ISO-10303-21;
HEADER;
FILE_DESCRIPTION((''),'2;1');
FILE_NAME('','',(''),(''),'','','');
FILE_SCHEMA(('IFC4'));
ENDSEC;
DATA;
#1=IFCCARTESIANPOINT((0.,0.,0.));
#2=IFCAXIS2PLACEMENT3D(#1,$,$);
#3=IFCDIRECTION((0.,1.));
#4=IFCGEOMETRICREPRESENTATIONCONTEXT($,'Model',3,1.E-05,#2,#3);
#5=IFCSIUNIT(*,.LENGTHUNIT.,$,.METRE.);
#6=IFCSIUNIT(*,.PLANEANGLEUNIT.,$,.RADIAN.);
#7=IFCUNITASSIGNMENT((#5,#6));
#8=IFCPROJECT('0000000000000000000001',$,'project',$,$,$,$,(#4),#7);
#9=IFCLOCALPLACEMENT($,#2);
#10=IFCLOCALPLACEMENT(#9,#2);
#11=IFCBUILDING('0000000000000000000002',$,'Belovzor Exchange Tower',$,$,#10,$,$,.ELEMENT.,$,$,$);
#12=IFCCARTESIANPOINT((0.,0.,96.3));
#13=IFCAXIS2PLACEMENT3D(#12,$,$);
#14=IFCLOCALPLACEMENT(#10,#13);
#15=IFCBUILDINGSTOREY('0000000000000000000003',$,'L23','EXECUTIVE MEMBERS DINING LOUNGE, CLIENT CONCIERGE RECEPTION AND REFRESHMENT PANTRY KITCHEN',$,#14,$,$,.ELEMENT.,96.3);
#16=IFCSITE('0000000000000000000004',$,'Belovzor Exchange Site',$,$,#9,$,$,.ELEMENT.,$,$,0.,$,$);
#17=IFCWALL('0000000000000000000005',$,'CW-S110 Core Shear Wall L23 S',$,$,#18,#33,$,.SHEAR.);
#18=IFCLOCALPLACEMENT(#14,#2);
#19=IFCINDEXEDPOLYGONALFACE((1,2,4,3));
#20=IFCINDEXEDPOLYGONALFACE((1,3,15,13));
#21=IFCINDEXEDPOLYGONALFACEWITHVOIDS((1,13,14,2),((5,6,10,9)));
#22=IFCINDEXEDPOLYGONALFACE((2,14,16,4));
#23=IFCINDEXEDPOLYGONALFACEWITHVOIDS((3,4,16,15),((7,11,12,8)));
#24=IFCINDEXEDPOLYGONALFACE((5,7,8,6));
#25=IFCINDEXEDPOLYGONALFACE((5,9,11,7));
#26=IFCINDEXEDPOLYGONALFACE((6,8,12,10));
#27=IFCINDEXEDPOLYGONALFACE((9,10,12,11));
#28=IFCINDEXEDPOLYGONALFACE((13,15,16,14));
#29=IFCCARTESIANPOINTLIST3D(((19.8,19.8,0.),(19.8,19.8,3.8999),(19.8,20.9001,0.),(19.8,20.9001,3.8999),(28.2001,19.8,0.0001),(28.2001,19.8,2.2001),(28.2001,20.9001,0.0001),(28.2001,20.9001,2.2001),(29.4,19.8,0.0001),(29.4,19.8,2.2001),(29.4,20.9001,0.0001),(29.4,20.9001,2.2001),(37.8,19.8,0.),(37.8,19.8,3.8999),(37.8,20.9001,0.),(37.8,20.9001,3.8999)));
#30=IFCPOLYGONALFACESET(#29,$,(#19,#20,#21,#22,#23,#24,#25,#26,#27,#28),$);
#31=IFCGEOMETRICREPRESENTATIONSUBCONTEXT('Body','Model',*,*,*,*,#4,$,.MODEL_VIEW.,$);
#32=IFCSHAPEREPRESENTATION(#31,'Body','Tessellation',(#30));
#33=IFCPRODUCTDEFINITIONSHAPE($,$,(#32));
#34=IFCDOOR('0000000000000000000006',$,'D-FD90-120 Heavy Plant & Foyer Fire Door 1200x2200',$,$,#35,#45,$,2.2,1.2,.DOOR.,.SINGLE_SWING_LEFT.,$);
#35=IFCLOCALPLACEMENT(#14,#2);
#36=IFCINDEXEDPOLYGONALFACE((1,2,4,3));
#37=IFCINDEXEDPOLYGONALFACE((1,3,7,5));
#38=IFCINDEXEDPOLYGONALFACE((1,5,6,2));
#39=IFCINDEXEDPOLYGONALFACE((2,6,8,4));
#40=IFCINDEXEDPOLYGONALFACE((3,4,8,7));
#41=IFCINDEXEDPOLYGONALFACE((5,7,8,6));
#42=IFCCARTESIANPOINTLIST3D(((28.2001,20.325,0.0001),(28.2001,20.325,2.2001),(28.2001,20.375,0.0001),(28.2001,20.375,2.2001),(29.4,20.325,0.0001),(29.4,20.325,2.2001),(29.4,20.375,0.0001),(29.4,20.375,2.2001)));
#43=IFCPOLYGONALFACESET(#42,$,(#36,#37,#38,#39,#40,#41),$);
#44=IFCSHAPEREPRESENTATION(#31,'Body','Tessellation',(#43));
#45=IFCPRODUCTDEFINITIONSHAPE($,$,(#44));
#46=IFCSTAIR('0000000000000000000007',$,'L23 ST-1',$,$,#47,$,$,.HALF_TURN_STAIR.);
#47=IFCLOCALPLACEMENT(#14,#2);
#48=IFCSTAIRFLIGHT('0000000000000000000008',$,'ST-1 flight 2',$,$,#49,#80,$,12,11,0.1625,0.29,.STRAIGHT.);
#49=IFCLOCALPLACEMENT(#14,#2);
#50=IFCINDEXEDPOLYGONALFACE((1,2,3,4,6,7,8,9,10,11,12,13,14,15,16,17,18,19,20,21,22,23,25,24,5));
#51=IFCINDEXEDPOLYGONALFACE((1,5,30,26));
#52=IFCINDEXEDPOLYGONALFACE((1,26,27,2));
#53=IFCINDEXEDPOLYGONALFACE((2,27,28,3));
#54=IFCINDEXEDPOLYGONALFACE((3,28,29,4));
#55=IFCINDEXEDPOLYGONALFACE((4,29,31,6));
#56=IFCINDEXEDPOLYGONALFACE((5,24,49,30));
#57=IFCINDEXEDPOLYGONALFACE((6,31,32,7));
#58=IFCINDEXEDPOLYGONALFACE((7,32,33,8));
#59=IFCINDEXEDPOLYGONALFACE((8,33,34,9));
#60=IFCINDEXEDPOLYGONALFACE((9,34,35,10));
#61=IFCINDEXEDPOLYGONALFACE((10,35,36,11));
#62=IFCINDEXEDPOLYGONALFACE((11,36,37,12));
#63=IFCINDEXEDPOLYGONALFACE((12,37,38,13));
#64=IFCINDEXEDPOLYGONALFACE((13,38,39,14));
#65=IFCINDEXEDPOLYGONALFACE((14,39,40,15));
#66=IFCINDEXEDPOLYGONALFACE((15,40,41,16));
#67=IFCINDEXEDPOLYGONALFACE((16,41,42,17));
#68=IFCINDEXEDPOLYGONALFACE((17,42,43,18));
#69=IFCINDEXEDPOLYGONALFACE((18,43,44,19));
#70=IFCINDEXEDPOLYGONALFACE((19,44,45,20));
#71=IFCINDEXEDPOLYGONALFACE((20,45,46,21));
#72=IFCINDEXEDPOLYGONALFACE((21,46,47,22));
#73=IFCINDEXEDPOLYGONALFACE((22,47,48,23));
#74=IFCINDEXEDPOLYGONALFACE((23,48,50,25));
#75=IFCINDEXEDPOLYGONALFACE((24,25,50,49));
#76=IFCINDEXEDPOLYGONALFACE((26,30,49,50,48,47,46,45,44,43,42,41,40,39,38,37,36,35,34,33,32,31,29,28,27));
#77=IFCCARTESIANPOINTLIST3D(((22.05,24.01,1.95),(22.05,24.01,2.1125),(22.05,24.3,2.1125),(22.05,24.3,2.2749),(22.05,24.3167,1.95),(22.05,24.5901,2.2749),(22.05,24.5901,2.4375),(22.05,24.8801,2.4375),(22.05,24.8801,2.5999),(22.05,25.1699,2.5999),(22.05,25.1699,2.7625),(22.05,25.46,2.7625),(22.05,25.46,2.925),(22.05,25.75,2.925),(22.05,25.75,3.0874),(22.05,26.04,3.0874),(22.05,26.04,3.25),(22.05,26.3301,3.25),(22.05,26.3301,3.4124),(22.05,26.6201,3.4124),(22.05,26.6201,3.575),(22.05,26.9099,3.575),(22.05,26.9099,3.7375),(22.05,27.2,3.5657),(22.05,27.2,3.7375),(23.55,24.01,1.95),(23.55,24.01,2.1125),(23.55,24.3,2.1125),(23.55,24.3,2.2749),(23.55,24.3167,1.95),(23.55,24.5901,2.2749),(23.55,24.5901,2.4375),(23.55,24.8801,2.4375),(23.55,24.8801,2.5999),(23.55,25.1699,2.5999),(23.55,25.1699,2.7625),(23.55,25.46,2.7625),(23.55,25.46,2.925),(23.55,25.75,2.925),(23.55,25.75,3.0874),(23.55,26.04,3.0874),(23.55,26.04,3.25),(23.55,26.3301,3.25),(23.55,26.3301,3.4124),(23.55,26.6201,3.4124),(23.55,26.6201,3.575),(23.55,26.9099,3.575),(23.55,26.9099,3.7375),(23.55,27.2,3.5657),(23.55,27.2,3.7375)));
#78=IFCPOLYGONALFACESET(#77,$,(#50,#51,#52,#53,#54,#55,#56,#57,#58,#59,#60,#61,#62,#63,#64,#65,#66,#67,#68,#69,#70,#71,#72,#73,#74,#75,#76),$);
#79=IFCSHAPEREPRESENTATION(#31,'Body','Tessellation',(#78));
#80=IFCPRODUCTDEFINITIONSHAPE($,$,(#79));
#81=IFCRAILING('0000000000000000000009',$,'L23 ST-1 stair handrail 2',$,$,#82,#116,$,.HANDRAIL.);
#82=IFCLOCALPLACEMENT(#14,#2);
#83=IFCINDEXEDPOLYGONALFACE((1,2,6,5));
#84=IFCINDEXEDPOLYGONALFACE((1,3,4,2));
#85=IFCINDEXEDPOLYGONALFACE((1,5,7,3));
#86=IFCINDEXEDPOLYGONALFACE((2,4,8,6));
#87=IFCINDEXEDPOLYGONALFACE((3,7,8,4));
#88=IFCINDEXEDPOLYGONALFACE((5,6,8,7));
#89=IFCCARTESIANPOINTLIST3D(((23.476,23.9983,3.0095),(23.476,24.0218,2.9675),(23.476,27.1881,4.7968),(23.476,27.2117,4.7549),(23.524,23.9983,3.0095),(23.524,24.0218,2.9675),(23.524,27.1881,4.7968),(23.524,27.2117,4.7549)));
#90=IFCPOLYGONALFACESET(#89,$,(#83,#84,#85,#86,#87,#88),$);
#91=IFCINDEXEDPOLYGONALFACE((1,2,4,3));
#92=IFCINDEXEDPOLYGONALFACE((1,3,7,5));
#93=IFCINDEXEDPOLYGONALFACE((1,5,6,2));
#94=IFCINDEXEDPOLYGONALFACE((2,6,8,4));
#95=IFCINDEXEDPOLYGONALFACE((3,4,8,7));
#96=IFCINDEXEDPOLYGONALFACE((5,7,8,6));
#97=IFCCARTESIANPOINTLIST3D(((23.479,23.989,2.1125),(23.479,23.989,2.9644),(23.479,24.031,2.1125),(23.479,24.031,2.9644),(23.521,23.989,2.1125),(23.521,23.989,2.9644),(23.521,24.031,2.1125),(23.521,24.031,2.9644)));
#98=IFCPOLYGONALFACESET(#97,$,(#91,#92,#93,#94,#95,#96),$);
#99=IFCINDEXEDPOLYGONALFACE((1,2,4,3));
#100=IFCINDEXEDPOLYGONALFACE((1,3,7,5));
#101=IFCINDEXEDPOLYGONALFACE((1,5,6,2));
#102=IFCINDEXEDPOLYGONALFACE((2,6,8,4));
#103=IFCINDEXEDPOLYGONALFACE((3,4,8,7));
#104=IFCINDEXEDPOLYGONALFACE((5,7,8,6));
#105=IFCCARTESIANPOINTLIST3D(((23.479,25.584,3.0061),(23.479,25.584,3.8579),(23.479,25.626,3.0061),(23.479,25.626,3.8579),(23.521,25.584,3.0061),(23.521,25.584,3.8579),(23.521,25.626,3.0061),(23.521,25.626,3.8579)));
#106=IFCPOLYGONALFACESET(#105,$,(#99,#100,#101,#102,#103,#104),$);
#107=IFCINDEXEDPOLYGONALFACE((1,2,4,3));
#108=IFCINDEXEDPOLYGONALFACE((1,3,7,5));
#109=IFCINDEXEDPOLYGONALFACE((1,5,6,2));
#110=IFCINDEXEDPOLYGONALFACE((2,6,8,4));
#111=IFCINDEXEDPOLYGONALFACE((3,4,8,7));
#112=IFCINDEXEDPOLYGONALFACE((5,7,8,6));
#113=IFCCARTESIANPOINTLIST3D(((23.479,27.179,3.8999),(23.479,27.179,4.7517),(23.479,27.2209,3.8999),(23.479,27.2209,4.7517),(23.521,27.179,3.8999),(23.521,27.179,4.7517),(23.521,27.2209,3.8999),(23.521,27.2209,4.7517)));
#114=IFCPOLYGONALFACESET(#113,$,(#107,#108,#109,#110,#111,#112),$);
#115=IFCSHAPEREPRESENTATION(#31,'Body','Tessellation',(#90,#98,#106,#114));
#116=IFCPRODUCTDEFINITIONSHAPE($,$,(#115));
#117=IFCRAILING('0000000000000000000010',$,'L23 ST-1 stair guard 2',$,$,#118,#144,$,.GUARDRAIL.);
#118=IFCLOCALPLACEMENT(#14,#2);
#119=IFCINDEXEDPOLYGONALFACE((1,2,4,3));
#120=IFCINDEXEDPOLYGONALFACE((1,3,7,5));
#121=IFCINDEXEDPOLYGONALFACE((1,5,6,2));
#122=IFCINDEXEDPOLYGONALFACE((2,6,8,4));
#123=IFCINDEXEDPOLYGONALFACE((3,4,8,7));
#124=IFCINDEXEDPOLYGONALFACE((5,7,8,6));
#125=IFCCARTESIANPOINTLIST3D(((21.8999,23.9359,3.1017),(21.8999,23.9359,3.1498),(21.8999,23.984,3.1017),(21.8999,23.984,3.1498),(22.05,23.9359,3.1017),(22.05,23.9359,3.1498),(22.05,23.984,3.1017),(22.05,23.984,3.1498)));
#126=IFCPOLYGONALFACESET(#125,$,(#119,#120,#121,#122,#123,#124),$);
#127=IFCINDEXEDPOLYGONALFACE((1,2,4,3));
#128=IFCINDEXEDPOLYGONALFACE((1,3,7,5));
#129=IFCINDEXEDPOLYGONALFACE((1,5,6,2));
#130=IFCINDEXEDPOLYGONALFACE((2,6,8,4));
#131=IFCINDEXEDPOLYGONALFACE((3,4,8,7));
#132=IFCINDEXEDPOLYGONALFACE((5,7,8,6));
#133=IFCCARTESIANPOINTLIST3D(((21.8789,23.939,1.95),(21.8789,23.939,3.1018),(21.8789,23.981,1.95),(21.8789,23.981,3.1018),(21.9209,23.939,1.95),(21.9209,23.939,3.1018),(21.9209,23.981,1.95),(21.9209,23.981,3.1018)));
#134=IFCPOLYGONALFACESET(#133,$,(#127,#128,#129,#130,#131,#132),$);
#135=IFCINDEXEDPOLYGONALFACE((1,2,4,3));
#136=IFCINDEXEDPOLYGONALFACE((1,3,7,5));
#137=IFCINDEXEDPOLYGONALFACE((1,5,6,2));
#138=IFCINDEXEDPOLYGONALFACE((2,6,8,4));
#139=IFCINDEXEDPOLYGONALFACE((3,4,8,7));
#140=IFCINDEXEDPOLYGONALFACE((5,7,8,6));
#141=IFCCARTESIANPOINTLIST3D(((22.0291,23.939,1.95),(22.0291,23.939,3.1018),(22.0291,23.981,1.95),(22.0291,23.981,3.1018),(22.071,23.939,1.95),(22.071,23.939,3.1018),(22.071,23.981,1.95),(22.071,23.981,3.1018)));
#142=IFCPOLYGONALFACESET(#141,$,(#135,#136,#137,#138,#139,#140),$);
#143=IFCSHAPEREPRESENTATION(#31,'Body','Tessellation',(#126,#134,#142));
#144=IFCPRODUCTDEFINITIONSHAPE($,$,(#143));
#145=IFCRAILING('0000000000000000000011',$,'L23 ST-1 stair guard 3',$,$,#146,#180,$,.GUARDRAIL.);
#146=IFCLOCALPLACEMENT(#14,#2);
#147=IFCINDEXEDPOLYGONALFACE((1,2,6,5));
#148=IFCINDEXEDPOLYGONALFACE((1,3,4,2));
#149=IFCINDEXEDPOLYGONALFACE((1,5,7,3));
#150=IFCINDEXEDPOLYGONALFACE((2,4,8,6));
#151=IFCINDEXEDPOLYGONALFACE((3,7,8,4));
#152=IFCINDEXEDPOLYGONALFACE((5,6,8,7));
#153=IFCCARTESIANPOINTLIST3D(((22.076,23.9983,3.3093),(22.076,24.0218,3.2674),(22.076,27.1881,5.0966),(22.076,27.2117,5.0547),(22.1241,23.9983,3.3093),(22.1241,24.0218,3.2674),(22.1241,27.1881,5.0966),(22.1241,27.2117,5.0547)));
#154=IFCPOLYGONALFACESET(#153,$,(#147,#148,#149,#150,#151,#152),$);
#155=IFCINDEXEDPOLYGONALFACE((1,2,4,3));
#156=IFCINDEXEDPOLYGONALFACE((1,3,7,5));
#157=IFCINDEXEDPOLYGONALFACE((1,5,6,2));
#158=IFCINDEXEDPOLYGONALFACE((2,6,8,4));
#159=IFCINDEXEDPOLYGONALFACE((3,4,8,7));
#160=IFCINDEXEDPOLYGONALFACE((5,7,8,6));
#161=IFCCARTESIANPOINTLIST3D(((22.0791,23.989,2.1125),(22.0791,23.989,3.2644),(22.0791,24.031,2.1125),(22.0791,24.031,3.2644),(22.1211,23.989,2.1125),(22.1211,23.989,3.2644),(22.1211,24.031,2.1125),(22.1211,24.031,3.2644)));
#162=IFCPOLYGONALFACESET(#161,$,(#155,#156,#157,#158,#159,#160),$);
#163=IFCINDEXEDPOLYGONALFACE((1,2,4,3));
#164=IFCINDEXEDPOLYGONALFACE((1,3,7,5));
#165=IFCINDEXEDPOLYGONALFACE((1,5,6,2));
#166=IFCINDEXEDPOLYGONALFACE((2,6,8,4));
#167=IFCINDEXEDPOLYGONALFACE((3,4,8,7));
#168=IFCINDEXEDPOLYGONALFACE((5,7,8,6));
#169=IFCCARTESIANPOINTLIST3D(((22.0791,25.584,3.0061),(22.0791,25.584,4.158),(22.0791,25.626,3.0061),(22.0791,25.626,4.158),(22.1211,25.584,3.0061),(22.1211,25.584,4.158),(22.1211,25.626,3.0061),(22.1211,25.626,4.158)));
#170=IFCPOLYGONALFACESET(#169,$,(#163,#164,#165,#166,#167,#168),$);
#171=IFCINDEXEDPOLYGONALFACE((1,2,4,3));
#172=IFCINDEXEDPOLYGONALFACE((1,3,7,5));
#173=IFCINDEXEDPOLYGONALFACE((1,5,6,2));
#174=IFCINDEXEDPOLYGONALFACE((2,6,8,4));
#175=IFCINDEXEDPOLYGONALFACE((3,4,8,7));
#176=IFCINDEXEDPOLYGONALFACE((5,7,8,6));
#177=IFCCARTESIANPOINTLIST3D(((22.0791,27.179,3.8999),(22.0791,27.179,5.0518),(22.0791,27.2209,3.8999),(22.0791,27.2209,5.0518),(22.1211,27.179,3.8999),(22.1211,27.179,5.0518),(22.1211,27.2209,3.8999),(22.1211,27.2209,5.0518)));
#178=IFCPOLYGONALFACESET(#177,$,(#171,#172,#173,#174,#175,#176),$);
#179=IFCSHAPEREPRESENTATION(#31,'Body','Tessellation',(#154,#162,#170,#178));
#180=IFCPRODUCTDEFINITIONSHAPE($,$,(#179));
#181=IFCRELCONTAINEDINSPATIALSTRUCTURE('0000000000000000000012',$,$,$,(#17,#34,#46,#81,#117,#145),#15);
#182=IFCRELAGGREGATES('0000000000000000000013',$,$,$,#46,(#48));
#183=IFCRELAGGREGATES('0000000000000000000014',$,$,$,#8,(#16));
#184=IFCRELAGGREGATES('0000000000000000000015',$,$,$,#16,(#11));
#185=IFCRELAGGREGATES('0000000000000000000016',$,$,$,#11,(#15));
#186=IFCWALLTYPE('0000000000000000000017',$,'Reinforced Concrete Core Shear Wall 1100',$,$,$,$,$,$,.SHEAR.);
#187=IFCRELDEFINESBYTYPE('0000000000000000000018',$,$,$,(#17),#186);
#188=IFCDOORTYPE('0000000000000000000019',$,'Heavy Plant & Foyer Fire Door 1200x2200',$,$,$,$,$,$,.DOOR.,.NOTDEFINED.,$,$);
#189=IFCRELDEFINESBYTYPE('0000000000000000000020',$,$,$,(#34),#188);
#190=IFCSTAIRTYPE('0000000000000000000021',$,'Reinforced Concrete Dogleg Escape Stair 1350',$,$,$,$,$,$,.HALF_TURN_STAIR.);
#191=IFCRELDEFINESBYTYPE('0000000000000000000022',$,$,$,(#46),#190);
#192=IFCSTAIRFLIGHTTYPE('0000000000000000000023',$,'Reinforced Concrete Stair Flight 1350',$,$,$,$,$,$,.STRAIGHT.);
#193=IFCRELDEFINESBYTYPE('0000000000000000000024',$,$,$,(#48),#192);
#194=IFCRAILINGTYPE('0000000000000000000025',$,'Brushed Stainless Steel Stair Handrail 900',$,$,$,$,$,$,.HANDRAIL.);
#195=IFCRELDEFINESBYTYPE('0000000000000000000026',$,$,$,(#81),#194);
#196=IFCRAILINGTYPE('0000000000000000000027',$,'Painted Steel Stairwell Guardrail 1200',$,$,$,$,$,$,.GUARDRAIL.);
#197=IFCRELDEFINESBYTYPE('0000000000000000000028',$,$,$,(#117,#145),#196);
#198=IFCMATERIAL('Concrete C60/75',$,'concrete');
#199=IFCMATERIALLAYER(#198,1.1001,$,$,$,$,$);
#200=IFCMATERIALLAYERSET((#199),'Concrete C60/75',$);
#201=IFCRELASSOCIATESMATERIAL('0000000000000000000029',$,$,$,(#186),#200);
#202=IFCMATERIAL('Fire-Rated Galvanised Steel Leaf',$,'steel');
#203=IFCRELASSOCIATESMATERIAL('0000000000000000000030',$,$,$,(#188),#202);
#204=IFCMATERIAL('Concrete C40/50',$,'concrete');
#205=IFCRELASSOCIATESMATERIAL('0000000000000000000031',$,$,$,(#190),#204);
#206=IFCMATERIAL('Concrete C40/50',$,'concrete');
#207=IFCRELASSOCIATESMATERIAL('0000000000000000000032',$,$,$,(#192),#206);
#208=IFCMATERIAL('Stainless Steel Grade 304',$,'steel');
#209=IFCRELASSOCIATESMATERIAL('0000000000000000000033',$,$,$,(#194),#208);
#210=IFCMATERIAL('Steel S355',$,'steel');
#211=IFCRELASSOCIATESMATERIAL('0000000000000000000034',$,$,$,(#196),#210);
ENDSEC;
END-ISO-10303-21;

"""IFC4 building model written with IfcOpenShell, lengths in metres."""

from ifc_helpers import new_model, si_unit, direction, frame, frame_2d, origin, origin_2d, place, context, subcontext, project, spatial, polyline, rectangle, outline, extrude, material, layer, layer_set, type_object, element, fill, aggregate, save


model = new_model("IFC4")

# Units and contexts
model_context = context("Model", 3, precision=1e-05, world=origin(), true_north=direction((0.0, 1.0)))
body_context = subcontext(model_context, "Body", "Model", "MODEL_VIEW")
ifc_project = project(units=[si_unit("LENGTHUNIT", "METRE"), si_unit("PLANEANGLEUNIT", "RADIAN")], contexts=[model_context])

# Site, building, storey
site_placement = place(None, origin())
site = spatial("IfcSite", under=ifc_project, at=site_placement, Name="Belovzor Exchange Site", CompositionType="ELEMENT", RefElevation=0.0)
building_placement = place(site_placement, origin())
building = spatial("IfcBuilding", under=site, at=building_placement, Name="Belovzor Exchange Tower", CompositionType="ELEMENT")
storey_placement = place(building_placement, frame((0.0, 0.0, 96.3)))
storey = spatial("IfcBuildingStorey", under=building, at=storey_placement, Name="L23", Description="EXECUTIVE MEMBERS DINING LOUNGE, CLIENT CONCIERGE RECEPTION AND REFRESHMENT PANTRY KITCHEN", CompositionType="ELEMENT", Elevation=96.3)

# Wall, opening, door
ifc_material_1 = material(Name="Concrete C60/75", Category="concrete")
ifc_layer_1 = layer(ifc_material_1, 1.1001)
ifc_layer_set_1 = layer_set([ifc_layer_1], Name="Concrete C60/75")
wall_type_1 = type_object("IfcWallType", Name="Reinforced Concrete Core Shear Wall 1100", PredefinedType="SHEAR", material=ifc_layer_set_1)
wall_1_placement = place(storey_placement, frame((19.8, 20.3501, 0.0), z_axis=(0.0, 0.0, 1.0), x_axis=(1.0, 0.0, 0.0)))
wall_1 = element("IfcWall", 1, at=wall_1_placement, inside=storey, type_object=wall_type_1, Name="CW-S110 Core Shear Wall L23 S", PredefinedType="SHEAR", context=body_context, shape_type="SweptSolid", body=[
    extrude(rectangle(XDim=18.0, YDim=1.1001, at=frame_2d((9.0, 0.0))), origin(), (0.0, 0.0, 1.0), 3.8999),
])
opening_1_placement = place(wall_1_placement, frame((8.3999, 0.0, 0.0)))
opening_1 = element("IfcOpeningElement", 2, at=opening_1_placement, cuts=wall_1, PredefinedType="OPENING", context=body_context, shape_type="SweptSolid", body=[
    extrude(rectangle(XDim=1.2, YDim=2.2, at=frame_2d((0.6001, 1.1001))), frame((0.0, 0.5601, 0.0), z_axis=(0.0, -1.0, 0.0), x_axis=(1.0, 0.0, 0.0)), (0.0, 0.0, 1.0), 1.1201),
])
ifc_material_2 = material(Name="Fire-Rated Galvanised Steel Leaf", Category="steel")
door_type_1 = type_object("IfcDoorType", Name="Heavy Plant & Foyer Fire Door 1200x2200", OperationType="NOTDEFINED", PredefinedType="DOOR", material=ifc_material_2)
door_1_placement = place(opening_1_placement, origin())
door_1 = element("IfcDoor", 3, at=door_1_placement, inside=storey, type_object=door_type_1, Name="D-FD90-120 Heavy Plant & Foyer Fire Door 1200x2200", OperationType="SINGLE_SWING_LEFT", OverallHeight=2.2, OverallWidth=1.2, PredefinedType="DOOR", context=body_context, shape_type="SweptSolid", body=[
    extrude(rectangle(XDim=1.2, YDim=2.2, at=frame_2d((0.6001, 1.1001))), frame((0.0, 0.0249, 0.0), z_axis=(0.0, -1.0, 0.0), x_axis=(1.0, 0.0, 0.0)), (0.0, 0.0, 1.0), 0.05),
])
fill(opening_1, door_1)

# Stair, stair flight
ifc_material_3 = material(Name="Concrete C40/50", Category="concrete")
stair_type = type_object("IfcStairType", Name="Reinforced Concrete Dogleg Escape Stair 1350", PredefinedType="HALF_TURN_STAIR", material=ifc_material_3)
stair_placement = place(storey_placement, origin())
stair = element("IfcStair", 4, at=stair_placement, inside=storey, type_object=stair_type, Name="L23 ST-1", PredefinedType="HALF_TURN_STAIR")
ifc_material_4 = material(Name="Concrete C40/50", Category="concrete")
stair_flight_type = type_object("IfcStairFlightType", Name="Reinforced Concrete Stair Flight 1350", PredefinedType="STRAIGHT", material=ifc_material_4)
stair_flight_placement = place(storey_placement, frame((22.8, 24.01, 1.95), z_axis=(0.0, 0.0, 1.0), x_axis=(0.0, 1.0, 0.0)))
stair_flight = element("IfcStairFlight", 5, at=stair_flight_placement, type_object=stair_flight_type, Name="ST-1 flight 2", NumberOfRisers=12, NumberOfTreads=11, PredefinedType="STRAIGHT", RiserHeight=0.1625, TreadLength=0.29, context=body_context, shape_type="SweptSolid", body=[
    extrude(outline(polyline([(0.0, 0.0), (0.0, 0.1626), (0.29, 0.1626), (0.29, 0.325), (0.5801, 0.325), (0.5801, 0.4875), (0.8701, 0.4875), (0.8701, 0.6499), (1.1599, 0.6499), (1.1599, 0.8125), (1.45, 0.8125), (1.45, 0.9751), (1.74, 0.9751), (1.74, 1.1375), (2.03, 1.1375), (2.03, 1.3), (2.3201, 1.3), (2.3201, 1.4624), (2.6101, 1.4624), (2.6101, 1.625), (2.8999, 1.625), (2.8999, 1.7876), (3.1899, 1.7876), (3.1899, 1.95), (3.1899, 1.6157), (0.3066, 0.0), (0.0, 0.0)])), frame((0.0, 0.75, 0.0), z_axis=(0.0, -1.0, 0.0), x_axis=(1.0, 0.0, 0.0)), (0.0, 0.0, 1.0), 1.5),
])
aggregate(stair, [stair_flight])

# Railings
ifc_material_5 = material(Name="Stainless Steel Grade 304", Category="steel")
railing_type_1 = type_object("IfcRailingType", Name="Brushed Stainless Steel Stair Handrail 900", PredefinedType="HANDRAIL", material=ifc_material_5)
railing_1_placement = place(storey_placement, frame((23.5, 24.01, 2.1125)))
element("IfcRailing", 6, at=railing_1_placement, inside=storey, type_object=railing_type_1, Name="L23 ST-1 stair handrail 2", PredefinedType="HANDRAIL", context=body_context, shape_type="SweptSolid", body=[
    extrude(rectangle(XDim=0.0481, YDim=0.0481, at=origin_2d()), frame((0.0, 0.0, 0.876), z_axis=(0.0, 0.872391, 0.488809), x_axis=(-1.0, 0.0, 0.0)), (0.0, 0.0, 1.0), 3.6565),
    extrude(rectangle(XDim=0.042, YDim=0.042, at=origin_2d()), origin(), (0.0, 0.0, 1.0), 0.8518),
    extrude(rectangle(XDim=0.042, YDim=0.042, at=origin_2d()), frame((0.0, 1.595, 0.8936)), (0.0, 0.0, 1.0), 0.8518),
    extrude(rectangle(XDim=0.042, YDim=0.042, at=origin_2d()), frame((0.0, 3.1899, 1.7874)), (0.0, 0.0, 1.0), 0.8518),
])
ifc_material_6 = material(Name="Steel S355", Category="steel")
railing_type_2 = type_object("IfcRailingType", Name="Painted Steel Stairwell Guardrail 1200", PredefinedType="GUARDRAIL", material=ifc_material_6)
railing_2_placement = place(storey_placement, frame((21.8999, 23.96, 1.95)))
element("IfcRailing", 7, at=railing_2_placement, inside=storey, type_object=railing_type_2, Name="L23 ST-1 stair guard 2", PredefinedType="GUARDRAIL", context=body_context, shape_type="SweptSolid", body=[
    extrude(rectangle(XDim=0.0481, YDim=0.0481, at=origin_2d()), frame((0.0, 0.0, 1.1758), z_axis=(1.0, 0.0, 0.0), x_axis=(0.0, 1.0, 0.0)), (0.0, 0.0, 1.0), 0.1501),
    extrude(rectangle(XDim=0.042, YDim=0.042, at=origin_2d()), origin(), (0.0, 0.0, 1.0), 1.1519),
    extrude(rectangle(XDim=0.042, YDim=0.042, at=origin_2d()), frame((0.1501, 0.0, 0.0)), (0.0, 0.0, 1.0), 1.1519),
])
railing_3_placement = place(storey_placement, frame((22.1001, 24.01, 2.1125)))
element("IfcRailing", 8, at=railing_3_placement, inside=storey, type_object=railing_type_2, Name="L23 ST-1 stair guard 3", PredefinedType="GUARDRAIL", context=body_context, shape_type="SweptSolid", body=[
    extrude(rectangle(XDim=0.0481, YDim=0.0481, at=origin_2d()), frame((0.0, 0.0, 1.1758), z_axis=(0.0, 0.872391, 0.488809), x_axis=(-1.0, 0.0, 0.0)), (0.0, 0.0, 1.0), 3.6565),
    extrude(rectangle(XDim=0.042, YDim=0.042, at=origin_2d()), origin(), (0.0, 0.0, 1.0), 1.1519),
    extrude(rectangle(XDim=0.042, YDim=0.042, at=origin_2d()), frame((0.0, 1.595, 0.8936)), (0.0, 0.0, 1.0), 1.1519),
    extrude(rectangle(XDim=0.042, YDim=0.042, at=origin_2d()), frame((0.0, 3.1899, 1.7874)), (0.0, 0.0, 1.0), 1.1519),
])

save(model, "model.ifc")
